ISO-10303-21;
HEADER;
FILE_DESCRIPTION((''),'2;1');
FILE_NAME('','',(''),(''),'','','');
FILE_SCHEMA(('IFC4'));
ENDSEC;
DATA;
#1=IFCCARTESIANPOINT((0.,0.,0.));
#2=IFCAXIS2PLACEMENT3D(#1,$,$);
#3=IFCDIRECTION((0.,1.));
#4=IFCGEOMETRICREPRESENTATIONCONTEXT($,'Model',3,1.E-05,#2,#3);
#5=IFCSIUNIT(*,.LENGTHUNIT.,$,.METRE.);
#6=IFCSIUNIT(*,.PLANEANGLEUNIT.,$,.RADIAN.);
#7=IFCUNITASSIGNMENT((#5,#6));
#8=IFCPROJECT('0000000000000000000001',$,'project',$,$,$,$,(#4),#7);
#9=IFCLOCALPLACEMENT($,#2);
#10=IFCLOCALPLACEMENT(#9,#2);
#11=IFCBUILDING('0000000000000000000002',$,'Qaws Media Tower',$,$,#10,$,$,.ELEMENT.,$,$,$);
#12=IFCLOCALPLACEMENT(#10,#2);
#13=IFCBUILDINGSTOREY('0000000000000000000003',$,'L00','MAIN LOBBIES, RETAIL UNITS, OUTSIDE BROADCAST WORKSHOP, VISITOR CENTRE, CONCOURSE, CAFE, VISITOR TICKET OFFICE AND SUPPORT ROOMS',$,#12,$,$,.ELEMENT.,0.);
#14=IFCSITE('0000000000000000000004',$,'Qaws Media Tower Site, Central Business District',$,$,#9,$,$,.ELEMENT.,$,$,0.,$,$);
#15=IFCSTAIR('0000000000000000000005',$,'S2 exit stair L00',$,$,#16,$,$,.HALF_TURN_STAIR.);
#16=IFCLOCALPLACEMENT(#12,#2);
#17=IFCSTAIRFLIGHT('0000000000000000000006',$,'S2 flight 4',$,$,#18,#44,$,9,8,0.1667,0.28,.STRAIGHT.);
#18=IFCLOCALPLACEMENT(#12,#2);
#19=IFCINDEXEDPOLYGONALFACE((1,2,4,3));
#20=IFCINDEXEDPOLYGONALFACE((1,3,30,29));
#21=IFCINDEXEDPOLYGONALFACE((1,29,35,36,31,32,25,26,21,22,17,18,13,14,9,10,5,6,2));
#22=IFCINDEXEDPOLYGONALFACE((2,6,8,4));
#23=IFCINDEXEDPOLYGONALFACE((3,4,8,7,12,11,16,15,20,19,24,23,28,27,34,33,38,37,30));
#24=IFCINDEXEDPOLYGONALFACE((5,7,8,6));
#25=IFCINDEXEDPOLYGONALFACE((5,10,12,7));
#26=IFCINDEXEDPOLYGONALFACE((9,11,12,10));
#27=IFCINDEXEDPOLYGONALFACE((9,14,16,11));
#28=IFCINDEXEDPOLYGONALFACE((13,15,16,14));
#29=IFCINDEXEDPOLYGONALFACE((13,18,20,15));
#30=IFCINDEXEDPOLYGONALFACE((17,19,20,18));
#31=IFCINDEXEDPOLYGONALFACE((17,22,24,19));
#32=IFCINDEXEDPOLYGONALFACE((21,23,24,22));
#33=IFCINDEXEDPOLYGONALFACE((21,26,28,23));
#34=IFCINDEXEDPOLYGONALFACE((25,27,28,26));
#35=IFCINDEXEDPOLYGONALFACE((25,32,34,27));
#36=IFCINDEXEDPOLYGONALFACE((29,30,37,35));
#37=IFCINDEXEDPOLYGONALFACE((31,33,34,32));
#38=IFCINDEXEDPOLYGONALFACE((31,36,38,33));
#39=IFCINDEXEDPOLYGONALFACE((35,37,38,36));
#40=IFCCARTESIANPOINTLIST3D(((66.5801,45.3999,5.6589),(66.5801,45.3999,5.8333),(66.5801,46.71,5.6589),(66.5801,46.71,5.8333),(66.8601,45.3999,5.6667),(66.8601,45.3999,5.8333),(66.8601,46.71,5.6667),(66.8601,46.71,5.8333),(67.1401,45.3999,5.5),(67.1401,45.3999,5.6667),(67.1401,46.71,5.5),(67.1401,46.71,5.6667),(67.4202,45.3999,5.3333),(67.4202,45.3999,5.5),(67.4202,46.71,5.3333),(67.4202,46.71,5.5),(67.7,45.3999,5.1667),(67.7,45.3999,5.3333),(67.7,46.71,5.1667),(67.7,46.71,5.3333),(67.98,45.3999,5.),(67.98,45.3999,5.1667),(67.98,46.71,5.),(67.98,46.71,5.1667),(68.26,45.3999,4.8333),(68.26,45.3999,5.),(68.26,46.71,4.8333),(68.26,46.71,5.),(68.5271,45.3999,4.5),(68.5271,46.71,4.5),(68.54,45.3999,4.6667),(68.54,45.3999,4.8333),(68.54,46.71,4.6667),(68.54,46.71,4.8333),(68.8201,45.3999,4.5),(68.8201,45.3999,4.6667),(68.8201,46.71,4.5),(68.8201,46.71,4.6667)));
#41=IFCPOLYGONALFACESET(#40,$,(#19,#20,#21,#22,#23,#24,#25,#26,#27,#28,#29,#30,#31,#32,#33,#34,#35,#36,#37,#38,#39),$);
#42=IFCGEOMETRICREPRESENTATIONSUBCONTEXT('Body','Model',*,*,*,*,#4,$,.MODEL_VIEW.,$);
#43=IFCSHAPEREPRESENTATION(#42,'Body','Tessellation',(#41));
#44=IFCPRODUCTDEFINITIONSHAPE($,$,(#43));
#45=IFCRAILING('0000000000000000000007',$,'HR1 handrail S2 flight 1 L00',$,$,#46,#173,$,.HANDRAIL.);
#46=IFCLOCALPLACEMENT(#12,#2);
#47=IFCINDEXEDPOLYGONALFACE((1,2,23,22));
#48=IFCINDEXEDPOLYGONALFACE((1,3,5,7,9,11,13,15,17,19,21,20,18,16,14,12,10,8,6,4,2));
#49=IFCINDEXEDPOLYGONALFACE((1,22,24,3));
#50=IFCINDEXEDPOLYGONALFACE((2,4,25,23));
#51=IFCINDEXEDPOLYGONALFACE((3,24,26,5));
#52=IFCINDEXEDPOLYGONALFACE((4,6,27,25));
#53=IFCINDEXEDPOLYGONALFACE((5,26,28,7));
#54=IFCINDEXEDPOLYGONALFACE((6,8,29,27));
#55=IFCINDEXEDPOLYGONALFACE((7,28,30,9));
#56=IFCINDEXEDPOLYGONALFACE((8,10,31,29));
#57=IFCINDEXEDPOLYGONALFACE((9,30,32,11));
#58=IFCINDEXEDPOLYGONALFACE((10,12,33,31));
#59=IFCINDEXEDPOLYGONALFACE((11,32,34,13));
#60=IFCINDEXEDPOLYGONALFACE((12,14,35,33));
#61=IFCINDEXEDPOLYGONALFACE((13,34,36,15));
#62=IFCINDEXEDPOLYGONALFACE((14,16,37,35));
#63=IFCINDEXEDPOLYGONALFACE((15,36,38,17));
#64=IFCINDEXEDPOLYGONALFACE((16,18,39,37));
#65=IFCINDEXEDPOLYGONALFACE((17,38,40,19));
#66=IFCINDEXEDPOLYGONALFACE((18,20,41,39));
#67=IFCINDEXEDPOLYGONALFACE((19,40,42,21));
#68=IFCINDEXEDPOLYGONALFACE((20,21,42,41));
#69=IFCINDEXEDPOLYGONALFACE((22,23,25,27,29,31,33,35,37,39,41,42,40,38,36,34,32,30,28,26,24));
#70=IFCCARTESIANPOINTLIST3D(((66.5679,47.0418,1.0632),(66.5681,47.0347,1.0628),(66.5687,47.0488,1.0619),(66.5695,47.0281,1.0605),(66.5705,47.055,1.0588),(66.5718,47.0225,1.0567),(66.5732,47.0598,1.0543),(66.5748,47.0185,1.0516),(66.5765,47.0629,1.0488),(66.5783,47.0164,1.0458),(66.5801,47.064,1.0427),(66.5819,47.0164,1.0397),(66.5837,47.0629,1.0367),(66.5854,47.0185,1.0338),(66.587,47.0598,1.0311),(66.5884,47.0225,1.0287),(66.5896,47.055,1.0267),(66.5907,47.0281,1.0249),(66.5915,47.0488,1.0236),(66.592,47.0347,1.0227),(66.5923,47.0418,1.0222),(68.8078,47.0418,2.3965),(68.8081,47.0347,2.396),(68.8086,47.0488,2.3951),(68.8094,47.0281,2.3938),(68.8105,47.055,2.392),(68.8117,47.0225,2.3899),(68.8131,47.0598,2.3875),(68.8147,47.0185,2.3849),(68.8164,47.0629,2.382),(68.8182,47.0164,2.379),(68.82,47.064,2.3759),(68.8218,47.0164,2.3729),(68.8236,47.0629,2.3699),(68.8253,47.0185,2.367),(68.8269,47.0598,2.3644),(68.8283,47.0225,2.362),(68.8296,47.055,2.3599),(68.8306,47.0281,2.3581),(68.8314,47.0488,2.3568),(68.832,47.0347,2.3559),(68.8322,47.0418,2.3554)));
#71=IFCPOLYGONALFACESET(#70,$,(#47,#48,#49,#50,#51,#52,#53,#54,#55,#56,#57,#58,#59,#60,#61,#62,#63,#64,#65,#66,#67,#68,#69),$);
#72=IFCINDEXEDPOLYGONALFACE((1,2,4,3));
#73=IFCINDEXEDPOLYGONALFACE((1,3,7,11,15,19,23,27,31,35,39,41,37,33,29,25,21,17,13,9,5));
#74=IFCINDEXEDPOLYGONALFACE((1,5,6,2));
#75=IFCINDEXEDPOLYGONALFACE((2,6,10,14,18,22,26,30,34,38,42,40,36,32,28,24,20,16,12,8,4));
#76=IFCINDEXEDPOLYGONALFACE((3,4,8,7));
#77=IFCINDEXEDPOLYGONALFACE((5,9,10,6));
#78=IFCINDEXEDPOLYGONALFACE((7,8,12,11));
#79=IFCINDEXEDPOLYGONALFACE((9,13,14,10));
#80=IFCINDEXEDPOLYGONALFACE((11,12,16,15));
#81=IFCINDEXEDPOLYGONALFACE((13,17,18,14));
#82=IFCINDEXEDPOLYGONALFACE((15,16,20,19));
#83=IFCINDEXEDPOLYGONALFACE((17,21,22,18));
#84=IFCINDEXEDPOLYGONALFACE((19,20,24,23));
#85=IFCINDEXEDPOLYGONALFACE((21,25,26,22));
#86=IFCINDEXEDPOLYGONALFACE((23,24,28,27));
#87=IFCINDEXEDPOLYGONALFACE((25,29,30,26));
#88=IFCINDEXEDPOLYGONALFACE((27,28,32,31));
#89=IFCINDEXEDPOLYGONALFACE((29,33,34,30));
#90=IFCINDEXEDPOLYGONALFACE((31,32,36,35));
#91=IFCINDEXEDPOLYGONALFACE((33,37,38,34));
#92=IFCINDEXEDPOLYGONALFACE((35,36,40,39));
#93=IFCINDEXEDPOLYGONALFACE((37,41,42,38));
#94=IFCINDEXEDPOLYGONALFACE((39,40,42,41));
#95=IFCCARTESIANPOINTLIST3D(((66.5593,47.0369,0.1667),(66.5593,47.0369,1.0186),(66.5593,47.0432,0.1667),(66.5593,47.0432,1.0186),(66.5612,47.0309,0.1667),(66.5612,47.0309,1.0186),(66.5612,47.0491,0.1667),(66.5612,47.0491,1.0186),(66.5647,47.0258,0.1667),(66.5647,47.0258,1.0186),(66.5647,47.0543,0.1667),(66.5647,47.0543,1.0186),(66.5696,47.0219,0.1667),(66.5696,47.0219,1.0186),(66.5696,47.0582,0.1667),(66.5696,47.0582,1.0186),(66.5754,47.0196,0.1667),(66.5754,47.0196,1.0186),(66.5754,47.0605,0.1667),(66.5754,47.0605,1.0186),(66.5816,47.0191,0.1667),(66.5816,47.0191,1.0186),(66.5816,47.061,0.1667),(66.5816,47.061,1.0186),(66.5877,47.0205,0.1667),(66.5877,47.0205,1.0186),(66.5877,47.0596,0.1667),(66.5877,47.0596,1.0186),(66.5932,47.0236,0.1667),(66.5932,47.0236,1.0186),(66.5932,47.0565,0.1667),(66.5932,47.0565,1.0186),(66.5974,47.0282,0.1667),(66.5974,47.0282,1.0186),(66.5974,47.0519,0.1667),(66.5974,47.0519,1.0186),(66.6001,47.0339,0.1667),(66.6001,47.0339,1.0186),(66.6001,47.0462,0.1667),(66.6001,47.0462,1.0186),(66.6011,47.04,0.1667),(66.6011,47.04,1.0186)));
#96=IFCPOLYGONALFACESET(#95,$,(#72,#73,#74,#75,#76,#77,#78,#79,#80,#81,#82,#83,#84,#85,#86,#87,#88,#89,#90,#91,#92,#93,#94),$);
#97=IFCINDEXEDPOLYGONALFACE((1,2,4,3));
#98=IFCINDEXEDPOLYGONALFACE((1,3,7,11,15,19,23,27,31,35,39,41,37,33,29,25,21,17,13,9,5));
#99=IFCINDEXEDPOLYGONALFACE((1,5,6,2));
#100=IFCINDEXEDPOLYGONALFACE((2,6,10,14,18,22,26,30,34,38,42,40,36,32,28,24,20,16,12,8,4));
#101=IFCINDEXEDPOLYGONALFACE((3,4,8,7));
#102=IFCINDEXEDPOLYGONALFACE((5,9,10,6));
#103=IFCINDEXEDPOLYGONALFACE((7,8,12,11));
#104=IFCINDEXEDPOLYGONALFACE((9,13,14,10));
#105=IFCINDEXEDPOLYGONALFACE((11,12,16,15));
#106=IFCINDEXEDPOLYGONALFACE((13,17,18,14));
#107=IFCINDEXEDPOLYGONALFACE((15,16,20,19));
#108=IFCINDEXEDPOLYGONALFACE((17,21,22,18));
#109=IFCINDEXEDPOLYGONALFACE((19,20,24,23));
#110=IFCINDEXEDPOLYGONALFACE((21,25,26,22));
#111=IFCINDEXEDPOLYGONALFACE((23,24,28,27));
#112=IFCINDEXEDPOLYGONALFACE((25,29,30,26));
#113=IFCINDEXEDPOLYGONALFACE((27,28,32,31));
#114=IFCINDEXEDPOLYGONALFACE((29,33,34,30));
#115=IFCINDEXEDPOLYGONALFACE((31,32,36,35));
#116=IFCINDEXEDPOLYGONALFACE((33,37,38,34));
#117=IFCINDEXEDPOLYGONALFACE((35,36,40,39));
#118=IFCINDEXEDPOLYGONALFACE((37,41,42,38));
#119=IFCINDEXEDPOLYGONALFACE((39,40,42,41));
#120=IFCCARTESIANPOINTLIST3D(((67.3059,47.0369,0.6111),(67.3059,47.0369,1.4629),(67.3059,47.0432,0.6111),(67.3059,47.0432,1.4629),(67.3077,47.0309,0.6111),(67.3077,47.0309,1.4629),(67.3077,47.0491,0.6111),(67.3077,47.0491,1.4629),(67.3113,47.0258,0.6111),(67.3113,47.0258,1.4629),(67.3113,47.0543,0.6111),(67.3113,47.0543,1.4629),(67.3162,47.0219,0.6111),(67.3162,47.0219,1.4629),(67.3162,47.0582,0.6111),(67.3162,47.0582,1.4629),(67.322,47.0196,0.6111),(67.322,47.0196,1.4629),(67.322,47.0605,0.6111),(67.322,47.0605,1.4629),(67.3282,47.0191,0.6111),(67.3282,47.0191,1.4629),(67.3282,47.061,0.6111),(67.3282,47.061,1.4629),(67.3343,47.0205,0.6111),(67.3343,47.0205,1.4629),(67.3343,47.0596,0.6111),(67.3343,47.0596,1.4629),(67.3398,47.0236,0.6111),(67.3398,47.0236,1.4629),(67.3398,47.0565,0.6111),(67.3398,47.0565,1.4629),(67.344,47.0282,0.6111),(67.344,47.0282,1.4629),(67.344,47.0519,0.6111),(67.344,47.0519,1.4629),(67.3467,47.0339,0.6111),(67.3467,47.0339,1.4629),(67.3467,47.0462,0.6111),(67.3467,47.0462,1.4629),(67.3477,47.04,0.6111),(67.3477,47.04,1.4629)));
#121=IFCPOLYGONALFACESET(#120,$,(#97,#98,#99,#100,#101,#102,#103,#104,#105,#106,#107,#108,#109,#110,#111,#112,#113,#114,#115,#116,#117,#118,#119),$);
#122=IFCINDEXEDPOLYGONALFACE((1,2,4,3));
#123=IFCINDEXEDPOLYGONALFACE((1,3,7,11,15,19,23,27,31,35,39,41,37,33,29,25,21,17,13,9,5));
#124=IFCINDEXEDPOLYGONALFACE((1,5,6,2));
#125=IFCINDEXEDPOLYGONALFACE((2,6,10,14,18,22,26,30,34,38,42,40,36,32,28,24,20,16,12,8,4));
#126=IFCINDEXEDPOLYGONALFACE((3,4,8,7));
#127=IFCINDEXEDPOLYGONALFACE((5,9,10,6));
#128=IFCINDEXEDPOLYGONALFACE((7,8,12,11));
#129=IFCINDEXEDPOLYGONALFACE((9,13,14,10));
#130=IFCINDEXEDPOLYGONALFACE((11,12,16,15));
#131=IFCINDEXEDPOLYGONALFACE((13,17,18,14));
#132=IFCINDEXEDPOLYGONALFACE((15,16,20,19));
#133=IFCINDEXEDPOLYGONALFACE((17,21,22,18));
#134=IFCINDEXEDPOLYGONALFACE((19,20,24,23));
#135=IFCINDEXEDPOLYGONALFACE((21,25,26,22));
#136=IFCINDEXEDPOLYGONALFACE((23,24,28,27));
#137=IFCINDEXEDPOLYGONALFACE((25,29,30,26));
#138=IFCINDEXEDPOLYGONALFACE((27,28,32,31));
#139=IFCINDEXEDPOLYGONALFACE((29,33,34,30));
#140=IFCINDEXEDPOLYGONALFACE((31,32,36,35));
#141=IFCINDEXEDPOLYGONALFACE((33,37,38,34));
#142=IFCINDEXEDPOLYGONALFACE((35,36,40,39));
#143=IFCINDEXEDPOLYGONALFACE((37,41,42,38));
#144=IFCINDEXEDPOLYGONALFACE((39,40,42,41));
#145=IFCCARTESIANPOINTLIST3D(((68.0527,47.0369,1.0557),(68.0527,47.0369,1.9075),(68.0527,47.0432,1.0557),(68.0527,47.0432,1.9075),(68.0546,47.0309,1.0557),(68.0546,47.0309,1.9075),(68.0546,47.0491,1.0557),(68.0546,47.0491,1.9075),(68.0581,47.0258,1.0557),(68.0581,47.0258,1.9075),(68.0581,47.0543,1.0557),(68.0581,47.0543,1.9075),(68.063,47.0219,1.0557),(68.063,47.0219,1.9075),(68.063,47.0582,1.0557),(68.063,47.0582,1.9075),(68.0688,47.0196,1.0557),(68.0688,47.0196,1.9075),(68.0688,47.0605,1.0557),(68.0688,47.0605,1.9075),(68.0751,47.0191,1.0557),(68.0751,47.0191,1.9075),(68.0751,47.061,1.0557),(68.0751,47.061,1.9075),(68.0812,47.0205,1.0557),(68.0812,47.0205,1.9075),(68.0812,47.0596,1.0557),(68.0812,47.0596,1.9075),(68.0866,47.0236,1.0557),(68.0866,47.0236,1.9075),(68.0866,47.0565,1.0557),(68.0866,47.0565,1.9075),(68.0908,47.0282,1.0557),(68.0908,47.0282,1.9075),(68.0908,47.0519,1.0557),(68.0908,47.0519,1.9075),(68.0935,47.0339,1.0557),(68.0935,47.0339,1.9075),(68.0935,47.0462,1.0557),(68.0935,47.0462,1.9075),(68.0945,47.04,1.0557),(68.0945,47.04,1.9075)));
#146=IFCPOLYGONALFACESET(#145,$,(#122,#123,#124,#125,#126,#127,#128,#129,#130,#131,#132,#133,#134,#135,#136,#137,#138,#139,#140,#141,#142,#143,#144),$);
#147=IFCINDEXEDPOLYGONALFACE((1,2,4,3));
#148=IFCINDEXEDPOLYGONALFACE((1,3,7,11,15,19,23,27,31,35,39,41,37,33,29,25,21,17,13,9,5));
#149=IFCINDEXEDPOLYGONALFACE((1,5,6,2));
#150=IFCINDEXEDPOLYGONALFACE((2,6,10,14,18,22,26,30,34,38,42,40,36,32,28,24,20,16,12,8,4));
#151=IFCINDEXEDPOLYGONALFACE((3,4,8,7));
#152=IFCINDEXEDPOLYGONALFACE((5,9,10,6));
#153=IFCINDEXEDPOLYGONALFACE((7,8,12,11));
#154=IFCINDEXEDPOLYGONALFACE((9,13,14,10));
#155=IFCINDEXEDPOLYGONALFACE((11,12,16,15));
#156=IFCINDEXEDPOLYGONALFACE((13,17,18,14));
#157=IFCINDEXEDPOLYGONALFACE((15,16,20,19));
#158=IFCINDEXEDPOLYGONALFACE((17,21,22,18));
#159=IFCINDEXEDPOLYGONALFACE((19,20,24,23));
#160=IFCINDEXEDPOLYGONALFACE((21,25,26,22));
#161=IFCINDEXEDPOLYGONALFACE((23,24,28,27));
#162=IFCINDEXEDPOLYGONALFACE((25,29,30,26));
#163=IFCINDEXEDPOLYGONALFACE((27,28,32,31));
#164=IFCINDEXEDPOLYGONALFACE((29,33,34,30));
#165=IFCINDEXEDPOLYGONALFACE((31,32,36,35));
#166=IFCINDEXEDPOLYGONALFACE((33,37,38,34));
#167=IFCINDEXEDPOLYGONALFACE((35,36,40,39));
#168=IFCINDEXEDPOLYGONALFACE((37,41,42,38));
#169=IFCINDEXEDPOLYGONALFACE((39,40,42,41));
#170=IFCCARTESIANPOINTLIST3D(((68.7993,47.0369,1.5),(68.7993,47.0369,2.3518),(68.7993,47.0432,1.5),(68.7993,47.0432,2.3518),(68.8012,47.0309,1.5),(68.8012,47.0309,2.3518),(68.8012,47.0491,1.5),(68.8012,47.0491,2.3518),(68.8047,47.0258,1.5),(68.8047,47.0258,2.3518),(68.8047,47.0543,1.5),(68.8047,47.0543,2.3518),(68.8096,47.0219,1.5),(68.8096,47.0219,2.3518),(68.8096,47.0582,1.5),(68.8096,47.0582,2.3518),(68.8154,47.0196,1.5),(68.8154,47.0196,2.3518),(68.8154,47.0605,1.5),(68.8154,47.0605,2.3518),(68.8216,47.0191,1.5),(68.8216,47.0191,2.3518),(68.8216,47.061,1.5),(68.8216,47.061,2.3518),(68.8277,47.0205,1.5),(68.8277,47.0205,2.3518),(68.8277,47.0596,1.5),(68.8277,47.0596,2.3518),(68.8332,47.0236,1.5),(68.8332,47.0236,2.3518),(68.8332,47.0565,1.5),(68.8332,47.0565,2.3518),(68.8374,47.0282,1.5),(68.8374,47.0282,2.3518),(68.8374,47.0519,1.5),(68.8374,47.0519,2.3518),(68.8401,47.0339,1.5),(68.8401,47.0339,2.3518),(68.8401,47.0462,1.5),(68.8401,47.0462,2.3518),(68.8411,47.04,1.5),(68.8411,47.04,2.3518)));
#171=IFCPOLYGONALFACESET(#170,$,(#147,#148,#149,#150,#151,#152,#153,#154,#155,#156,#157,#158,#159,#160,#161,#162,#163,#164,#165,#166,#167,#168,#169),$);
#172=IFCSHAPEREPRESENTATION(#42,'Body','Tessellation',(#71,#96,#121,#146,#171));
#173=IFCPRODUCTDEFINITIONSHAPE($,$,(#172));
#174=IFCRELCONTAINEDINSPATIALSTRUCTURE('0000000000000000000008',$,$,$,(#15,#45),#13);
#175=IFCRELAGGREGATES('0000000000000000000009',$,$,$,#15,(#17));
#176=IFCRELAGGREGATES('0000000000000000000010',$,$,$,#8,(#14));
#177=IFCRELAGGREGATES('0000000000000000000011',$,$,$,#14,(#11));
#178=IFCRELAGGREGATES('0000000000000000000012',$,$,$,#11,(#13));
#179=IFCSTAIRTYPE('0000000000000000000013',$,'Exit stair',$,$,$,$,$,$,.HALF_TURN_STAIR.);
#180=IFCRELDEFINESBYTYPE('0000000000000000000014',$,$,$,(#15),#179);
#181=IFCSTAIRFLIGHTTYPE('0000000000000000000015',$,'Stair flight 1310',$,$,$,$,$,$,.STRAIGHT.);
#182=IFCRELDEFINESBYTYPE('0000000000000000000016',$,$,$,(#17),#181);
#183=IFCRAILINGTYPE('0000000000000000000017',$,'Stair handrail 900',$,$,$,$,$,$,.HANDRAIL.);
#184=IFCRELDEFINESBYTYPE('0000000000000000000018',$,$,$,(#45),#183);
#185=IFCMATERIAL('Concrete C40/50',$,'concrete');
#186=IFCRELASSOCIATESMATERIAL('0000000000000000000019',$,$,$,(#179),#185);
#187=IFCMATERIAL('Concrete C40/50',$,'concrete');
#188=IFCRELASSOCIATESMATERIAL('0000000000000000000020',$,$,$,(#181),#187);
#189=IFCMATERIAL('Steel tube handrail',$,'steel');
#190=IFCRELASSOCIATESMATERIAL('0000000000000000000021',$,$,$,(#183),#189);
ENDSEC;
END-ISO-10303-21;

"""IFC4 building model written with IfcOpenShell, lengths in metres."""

from ifc_helpers import new_model, si_unit, direction, frame, origin, origin_2d, place, context, subcontext, project, spatial, polyline, circle, outline, extrude, material, type_object, element, aggregate, save


model = new_model("IFC4")

# Units and contexts
model_context = context("Model", 3, precision=1e-05, world=origin(), true_north=direction((0.0, 1.0)))
body_context = subcontext(model_context, "Body", "Model", "MODEL_VIEW")
ifc_project = project(units=[si_unit("LENGTHUNIT", "METRE"), si_unit("PLANEANGLEUNIT", "RADIAN")], contexts=[model_context])

# Site, building, storey
site_placement = place(None, origin())
site = spatial("IfcSite", under=ifc_project, at=site_placement, Name="Qaws Media Tower Site, Central Business District", CompositionType="ELEMENT", RefElevation=0.0)
building_placement = place(site_placement, origin())
building = spatial("IfcBuilding", under=site, at=building_placement, Name="Qaws Media Tower", CompositionType="ELEMENT")
storey_placement = place(building_placement, origin())
storey = spatial("IfcBuildingStorey", under=building, at=storey_placement, Name="L00", Description="MAIN LOBBIES, RETAIL UNITS, OUTSIDE BROADCAST WORKSHOP, VISITOR CENTRE, CONCOURSE, CAFE, VISITOR TICKET OFFICE AND SUPPORT ROOMS", CompositionType="ELEMENT", Elevation=0.0)

# Stair, stair flight
ifc_material_1 = material(Name="Concrete C40/50", Category="concrete")
stair_type = type_object("IfcStairType", Name="Exit stair", PredefinedType="HALF_TURN_STAIR", material=ifc_material_1)
stair_placement = place(storey_placement, origin())
stair = element("IfcStair", 1, at=stair_placement, inside=storey, type_object=stair_type, Name="S2 exit stair L00", PredefinedType="HALF_TURN_STAIR")
ifc_material_2 = material(Name="Concrete C40/50", Category="concrete")
stair_flight_type = type_object("IfcStairFlightType", Name="Stair flight 1310", PredefinedType="STRAIGHT", material=ifc_material_2)
stair_flight_1_placement = place(storey_placement, frame((68.8201, 46.0549, 4.5), z_axis=(0.0, 0.0, 1.0), x_axis=(-1.0, 0.0, 0.0)))
stair_flight_1 = element("IfcStairFlight", 2, at=stair_flight_1_placement, type_object=stair_flight_type, Name="S2 flight 4", NumberOfRisers=9, NumberOfTreads=8, PredefinedType="STRAIGHT", RiserHeight=0.1667, TreadLength=0.28, context=body_context, shape_type="SweptSolid", body=[
    extrude(outline(polyline([(0.0, 0.0), (0.0, 0.1667), (0.28, 0.1667), (0.28, 0.3333), (0.5601, 0.3333), (0.5601, 0.5), (0.8401, 0.5), (0.8401, 0.6667), (1.1201, 0.6667), (1.1201, 0.8333), (1.3999, 0.8333), (1.3999, 1.0), (1.6799, 1.0), (1.6799, 1.1667), (1.96, 1.1667), (1.96, 1.3333), (2.24, 1.3333), (2.24, 1.5), (2.24, 1.1589), (0.293, 0.0), (0.0, 0.0)])), frame((0.0, 0.655, 0.0), z_axis=(0.0, -1.0, 0.0), x_axis=(1.0, 0.0, 0.0)), (0.0, 0.0, 1.0), 1.3101),
])
aggregate(stair, [stair_flight_1])

# Railing
ifc_material_3 = material(Name="Steel tube handrail", Category="steel")
railing_type = type_object("IfcRailingType", Name="Stair handrail 900", PredefinedType="HANDRAIL", material=ifc_material_3)
railing_1_placement = place(storey_placement, frame((66.5801, 47.04, 0.1667)))
element("IfcRailing", 3, at=railing_1_placement, inside=storey, type_object=railing_type, Name="HR1 handrail S2 flight 1 L00", PredefinedType="HANDRAIL", context=body_context, shape_type="SweptSolid", body=[
    extrude(circle(Radius=0.0239, at=origin_2d()), frame((0.0, 0.0, 0.876), z_axis=(0.859306, 0.0, 0.511462), x_axis=(0.0, 1.0, 0.0)), (0.0, 0.0, 1.0), 2.6067),
    extrude(circle(Radius=0.021, at=origin_2d()), origin(), (0.0, 0.0, 1.0), 0.8518),
    extrude(circle(Radius=0.021, at=origin_2d()), frame((0.7466, 0.0, 0.4443)), (0.0, 0.0, 1.0), 0.8518),
    extrude(circle(Radius=0.021, at=origin_2d()), frame((1.4934, 0.0, 0.8889)), (0.0, 0.0, 1.0), 0.8518),
    extrude(circle(Radius=0.021, at=origin_2d()), frame((2.24, 0.0, 1.3333)), (0.0, 0.0, 1.0), 0.8518),
])

save(model, "model.ifc")
